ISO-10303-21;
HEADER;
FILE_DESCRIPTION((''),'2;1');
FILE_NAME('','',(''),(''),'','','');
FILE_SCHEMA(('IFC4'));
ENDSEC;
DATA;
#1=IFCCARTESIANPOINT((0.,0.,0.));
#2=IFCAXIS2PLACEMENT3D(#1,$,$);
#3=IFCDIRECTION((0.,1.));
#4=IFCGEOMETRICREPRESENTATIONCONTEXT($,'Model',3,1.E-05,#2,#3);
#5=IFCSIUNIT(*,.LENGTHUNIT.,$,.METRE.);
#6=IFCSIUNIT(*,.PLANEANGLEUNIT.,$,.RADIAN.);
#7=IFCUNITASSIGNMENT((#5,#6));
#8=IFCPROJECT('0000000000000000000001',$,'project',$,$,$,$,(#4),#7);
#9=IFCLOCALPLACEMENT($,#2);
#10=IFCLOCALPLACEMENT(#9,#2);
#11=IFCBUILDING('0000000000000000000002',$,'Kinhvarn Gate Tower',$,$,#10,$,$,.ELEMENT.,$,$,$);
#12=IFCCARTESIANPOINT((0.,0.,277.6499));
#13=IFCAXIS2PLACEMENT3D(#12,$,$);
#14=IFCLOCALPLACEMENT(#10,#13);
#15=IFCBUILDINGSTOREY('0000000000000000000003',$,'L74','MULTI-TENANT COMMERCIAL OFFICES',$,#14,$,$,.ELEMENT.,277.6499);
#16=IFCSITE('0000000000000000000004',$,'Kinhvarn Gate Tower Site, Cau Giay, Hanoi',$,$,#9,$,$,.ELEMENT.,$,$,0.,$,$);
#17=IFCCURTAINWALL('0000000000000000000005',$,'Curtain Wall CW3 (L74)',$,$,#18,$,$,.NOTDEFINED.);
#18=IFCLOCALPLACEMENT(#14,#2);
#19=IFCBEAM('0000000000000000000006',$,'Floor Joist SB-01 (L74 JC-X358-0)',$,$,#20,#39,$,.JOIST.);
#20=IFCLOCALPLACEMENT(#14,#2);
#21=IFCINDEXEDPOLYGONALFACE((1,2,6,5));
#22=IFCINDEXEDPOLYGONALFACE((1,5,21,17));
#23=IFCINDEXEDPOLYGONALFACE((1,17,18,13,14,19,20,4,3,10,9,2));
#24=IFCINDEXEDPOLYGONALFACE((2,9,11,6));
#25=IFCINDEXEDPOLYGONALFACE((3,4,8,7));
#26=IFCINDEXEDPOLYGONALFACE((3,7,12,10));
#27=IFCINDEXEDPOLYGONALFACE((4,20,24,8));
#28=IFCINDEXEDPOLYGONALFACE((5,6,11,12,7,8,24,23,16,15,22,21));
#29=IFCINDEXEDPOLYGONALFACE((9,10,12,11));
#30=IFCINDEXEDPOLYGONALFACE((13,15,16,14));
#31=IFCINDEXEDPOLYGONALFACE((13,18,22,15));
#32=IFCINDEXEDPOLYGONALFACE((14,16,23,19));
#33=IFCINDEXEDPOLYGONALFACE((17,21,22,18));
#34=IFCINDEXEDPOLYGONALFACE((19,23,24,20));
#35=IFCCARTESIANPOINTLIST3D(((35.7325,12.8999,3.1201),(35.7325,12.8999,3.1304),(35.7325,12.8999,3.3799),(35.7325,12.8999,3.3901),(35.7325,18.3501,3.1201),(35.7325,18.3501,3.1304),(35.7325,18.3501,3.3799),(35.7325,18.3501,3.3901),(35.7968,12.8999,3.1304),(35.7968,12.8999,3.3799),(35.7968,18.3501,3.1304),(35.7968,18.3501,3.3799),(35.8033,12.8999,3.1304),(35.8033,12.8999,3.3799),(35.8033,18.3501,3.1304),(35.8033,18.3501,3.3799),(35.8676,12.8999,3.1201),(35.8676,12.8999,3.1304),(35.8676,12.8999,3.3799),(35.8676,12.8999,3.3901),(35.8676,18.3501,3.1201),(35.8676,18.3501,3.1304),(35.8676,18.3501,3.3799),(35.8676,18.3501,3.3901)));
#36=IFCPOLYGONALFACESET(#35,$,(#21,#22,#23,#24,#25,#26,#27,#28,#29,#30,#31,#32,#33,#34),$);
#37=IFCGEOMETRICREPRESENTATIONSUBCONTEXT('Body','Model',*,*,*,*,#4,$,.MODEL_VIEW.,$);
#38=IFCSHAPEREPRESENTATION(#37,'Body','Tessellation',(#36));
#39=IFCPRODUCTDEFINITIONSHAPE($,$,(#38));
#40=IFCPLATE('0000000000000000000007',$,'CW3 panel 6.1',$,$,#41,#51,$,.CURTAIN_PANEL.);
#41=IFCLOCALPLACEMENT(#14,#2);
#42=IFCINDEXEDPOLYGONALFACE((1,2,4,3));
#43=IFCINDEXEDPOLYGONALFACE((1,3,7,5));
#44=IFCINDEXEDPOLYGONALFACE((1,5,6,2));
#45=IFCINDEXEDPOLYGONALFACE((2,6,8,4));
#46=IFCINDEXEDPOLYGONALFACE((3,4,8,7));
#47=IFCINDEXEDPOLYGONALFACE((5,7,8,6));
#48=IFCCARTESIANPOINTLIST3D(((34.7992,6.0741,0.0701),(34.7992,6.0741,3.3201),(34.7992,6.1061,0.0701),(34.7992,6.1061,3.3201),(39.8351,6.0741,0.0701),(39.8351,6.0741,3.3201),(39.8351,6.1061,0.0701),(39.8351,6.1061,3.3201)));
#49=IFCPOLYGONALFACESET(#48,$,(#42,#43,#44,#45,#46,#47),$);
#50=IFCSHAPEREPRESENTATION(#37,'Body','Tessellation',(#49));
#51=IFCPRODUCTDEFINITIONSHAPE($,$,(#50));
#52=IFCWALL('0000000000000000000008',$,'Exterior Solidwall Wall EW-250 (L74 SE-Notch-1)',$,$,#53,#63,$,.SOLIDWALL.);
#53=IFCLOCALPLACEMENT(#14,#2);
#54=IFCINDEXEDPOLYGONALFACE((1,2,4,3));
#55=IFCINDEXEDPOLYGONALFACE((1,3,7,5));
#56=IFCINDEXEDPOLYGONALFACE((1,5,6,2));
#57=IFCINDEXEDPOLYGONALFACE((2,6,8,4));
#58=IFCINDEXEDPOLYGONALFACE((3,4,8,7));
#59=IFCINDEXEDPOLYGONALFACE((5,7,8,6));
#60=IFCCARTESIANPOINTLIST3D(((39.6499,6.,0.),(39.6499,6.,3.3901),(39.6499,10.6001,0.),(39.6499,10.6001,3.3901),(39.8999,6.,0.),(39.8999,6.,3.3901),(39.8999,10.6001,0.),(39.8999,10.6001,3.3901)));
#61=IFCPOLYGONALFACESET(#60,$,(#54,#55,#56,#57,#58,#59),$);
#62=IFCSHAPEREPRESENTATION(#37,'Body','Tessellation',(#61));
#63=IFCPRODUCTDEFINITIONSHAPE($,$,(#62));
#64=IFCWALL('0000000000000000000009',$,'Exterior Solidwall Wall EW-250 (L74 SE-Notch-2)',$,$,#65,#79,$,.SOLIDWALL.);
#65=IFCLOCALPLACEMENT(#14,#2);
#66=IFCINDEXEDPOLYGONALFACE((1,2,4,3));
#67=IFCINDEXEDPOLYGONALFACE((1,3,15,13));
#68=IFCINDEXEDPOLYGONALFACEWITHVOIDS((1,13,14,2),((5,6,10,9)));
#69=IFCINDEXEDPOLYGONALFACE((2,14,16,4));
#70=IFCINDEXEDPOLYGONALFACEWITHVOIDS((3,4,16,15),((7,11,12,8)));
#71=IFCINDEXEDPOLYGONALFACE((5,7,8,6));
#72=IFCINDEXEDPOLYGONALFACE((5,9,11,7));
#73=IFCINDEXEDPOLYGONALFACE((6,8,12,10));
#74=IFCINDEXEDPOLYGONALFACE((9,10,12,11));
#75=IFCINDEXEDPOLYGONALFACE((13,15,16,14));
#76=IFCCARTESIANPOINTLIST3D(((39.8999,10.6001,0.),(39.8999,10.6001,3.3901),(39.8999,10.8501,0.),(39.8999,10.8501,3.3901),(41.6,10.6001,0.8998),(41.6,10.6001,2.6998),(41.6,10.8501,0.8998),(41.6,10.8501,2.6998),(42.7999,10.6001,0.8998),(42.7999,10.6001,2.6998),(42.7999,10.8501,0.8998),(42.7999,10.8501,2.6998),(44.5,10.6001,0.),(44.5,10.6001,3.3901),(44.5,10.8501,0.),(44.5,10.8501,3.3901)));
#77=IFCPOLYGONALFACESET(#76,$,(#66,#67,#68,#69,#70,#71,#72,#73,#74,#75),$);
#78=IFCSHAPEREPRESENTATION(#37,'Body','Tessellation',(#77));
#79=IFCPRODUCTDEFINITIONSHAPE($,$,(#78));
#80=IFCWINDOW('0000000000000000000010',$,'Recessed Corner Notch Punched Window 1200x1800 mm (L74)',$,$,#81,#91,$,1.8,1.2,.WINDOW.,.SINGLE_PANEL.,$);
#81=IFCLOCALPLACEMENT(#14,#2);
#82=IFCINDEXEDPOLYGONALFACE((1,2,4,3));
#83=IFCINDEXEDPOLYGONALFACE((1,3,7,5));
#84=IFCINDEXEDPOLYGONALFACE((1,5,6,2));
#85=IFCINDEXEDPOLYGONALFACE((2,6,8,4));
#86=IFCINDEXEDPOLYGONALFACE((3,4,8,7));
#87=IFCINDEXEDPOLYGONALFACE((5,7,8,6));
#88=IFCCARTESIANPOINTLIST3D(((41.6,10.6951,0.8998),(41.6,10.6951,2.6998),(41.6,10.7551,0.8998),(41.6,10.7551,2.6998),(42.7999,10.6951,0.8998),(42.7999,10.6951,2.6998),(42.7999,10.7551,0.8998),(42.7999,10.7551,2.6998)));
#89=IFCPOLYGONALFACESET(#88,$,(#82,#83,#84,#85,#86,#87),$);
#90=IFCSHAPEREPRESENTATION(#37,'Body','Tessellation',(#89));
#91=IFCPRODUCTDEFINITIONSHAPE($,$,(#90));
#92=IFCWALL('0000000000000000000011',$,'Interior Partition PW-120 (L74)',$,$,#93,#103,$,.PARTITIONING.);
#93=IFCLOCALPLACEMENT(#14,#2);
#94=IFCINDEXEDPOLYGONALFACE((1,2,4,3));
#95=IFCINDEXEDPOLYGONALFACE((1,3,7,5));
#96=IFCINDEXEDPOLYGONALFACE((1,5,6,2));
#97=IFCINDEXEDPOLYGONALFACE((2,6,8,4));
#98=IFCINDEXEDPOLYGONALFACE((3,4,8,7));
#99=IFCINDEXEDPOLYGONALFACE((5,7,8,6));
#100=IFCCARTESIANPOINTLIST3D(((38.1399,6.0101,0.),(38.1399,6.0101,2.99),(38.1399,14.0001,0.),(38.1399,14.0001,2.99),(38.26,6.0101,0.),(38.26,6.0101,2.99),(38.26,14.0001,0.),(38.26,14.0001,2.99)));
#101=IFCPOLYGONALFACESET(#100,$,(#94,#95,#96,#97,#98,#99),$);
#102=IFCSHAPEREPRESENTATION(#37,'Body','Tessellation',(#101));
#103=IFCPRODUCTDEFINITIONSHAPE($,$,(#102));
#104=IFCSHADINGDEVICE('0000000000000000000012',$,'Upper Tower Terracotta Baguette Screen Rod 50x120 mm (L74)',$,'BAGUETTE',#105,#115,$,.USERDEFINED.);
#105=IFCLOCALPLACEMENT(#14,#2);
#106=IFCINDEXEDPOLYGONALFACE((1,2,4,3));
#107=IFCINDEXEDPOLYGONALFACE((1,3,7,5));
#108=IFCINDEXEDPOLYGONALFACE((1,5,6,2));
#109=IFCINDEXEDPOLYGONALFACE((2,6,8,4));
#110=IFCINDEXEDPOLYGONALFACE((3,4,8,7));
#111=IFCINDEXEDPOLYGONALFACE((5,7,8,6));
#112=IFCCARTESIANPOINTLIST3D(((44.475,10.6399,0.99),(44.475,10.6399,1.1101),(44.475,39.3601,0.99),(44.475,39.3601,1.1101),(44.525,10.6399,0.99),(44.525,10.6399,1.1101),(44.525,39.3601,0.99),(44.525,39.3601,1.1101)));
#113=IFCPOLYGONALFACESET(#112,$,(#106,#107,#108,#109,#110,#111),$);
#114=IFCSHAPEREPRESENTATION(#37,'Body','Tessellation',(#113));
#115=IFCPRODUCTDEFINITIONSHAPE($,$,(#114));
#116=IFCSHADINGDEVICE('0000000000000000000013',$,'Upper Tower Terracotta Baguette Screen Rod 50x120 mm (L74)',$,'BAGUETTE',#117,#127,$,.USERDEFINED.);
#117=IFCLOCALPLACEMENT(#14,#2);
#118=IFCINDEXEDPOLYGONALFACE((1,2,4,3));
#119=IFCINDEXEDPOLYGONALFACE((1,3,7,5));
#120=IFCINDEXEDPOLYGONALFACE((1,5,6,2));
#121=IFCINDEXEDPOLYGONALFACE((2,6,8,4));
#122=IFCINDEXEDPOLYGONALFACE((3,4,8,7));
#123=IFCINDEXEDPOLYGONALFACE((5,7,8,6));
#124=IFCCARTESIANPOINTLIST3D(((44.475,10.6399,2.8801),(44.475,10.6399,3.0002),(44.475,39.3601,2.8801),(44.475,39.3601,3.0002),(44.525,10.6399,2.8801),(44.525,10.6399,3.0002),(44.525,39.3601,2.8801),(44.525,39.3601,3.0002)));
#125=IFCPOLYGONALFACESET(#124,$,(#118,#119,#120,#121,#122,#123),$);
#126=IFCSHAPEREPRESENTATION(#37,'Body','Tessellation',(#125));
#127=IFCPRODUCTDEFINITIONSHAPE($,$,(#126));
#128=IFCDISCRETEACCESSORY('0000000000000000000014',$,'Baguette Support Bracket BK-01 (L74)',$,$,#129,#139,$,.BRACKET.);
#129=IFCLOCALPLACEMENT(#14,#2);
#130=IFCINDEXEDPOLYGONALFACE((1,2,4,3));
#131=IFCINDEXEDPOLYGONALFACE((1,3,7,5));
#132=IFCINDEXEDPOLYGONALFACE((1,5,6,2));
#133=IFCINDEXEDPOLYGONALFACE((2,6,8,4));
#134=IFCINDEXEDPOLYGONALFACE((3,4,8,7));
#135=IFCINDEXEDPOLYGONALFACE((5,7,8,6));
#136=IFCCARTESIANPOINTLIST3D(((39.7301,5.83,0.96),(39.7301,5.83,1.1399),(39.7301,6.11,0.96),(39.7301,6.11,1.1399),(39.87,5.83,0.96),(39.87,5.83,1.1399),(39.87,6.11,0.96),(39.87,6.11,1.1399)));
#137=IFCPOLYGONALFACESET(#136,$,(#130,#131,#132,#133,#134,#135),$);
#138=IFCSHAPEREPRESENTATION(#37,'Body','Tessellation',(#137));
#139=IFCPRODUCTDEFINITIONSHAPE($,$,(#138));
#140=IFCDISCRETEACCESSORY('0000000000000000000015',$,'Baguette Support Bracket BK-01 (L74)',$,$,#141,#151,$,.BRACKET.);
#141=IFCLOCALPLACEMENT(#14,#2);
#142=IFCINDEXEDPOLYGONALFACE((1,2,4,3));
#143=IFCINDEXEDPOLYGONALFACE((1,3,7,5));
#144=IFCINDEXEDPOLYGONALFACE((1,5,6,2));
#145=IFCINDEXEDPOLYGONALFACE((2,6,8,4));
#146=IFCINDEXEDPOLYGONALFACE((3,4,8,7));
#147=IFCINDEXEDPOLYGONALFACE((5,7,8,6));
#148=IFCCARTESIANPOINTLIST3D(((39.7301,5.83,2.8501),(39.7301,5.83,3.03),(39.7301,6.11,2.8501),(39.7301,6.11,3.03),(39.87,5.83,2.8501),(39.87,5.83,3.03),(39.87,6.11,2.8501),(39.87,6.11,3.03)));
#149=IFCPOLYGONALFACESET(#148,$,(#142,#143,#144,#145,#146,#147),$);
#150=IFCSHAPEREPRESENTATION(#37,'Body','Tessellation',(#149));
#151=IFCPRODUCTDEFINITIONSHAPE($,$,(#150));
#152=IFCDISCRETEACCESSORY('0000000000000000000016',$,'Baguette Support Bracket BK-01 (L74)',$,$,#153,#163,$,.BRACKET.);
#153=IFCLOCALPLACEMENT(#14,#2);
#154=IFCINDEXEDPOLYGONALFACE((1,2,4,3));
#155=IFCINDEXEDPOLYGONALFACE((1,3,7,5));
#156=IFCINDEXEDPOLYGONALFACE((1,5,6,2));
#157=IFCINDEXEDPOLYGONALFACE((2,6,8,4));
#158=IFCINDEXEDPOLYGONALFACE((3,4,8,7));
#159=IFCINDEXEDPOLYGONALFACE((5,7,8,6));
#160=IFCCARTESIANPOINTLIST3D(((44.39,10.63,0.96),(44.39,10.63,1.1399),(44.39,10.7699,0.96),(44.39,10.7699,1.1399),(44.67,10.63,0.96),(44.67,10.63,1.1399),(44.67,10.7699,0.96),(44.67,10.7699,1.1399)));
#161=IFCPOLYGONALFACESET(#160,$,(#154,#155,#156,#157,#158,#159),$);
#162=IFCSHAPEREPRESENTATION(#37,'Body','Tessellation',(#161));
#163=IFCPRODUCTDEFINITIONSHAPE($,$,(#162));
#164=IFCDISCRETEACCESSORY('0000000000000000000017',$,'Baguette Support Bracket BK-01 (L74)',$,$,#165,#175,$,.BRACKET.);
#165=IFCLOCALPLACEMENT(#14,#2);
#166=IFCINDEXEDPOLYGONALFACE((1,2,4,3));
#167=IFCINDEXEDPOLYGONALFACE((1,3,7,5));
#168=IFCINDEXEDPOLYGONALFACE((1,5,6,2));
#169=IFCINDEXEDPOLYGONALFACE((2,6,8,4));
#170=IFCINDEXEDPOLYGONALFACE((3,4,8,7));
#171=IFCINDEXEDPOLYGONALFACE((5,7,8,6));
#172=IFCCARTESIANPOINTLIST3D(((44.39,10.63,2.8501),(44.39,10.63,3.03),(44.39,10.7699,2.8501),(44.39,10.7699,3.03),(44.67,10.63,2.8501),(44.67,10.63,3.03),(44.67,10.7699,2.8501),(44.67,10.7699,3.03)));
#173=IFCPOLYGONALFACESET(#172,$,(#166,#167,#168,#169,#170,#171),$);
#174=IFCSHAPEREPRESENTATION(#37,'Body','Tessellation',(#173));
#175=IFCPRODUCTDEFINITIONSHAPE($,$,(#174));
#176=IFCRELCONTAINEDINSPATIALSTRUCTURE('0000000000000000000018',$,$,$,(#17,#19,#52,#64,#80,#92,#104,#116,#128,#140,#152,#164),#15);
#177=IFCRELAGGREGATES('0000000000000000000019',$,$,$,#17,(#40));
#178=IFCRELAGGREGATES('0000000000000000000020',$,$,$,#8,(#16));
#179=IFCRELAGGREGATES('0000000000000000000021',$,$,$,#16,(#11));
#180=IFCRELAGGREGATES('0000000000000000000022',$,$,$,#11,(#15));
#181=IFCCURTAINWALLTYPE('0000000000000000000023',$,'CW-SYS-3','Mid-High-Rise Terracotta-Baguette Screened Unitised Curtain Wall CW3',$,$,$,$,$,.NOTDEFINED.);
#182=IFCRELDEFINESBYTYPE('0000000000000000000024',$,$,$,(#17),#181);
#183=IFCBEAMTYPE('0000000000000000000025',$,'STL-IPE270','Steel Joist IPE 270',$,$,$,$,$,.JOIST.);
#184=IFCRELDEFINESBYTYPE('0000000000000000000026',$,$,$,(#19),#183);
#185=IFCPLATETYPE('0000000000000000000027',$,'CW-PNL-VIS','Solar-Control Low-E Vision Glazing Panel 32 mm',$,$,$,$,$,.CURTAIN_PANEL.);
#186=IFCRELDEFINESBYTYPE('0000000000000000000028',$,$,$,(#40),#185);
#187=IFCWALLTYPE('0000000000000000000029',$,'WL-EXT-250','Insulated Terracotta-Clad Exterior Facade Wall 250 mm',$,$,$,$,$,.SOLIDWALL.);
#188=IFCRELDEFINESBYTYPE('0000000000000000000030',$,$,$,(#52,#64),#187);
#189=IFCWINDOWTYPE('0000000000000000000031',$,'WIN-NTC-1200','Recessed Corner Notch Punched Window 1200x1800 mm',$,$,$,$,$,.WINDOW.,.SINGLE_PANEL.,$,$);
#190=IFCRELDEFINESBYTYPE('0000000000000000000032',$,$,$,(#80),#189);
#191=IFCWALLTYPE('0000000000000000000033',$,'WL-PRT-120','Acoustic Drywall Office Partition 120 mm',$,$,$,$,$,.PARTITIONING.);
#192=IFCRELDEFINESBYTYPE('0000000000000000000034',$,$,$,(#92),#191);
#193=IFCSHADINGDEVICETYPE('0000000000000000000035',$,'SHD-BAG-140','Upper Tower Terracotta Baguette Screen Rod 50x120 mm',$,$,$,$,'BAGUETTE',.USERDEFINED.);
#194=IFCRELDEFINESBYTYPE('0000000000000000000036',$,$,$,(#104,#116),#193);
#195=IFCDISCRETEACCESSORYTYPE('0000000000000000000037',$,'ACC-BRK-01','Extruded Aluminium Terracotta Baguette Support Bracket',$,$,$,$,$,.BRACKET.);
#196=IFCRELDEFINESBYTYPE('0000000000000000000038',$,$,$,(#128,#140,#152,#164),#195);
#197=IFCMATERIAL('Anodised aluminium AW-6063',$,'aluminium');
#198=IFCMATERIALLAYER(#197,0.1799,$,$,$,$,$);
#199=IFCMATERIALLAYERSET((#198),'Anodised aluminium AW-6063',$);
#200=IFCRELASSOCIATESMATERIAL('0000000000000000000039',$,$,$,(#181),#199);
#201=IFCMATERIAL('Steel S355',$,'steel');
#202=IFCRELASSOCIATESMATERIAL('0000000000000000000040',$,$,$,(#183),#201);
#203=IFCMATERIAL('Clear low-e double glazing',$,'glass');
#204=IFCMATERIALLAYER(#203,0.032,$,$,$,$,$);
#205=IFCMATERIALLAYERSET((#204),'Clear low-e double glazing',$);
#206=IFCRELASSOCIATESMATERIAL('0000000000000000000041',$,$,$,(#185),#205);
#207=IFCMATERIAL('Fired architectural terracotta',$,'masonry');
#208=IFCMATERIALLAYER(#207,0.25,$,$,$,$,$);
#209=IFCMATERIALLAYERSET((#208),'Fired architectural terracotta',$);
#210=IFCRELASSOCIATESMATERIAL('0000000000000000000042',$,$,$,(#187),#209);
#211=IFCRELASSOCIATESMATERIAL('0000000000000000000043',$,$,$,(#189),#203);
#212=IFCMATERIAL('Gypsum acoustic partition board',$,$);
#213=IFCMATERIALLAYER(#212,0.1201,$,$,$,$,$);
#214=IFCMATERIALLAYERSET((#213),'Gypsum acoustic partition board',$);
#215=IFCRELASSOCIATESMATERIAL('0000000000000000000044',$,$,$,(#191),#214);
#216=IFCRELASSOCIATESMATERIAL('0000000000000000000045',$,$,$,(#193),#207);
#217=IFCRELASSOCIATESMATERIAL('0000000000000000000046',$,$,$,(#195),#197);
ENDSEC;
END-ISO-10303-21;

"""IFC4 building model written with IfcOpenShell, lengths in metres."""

from ifc_helpers import new_model, si_unit, direction, frame, frame_2d, origin, origin_2d, place, context, subcontext, project, spatial, rectangle, i_section, extrude, material, layer, layer_set, material_profile, profile_set, type_object, element, fill, aggregate, save


model = new_model("IFC4")

# Units and contexts
model_context = context("Model", 3, precision=1e-05, world=origin(), true_north=direction((0.0, 1.0)))
body_context = subcontext(model_context, "Body", "Model", "MODEL_VIEW")
ifc_project = project(units=[si_unit("LENGTHUNIT", "METRE"), si_unit("PLANEANGLEUNIT", "RADIAN")], contexts=[model_context])

# Site, building, storey
site_placement = place(None, origin())
site = spatial("IfcSite", under=ifc_project, at=site_placement, Name="Kinhvarn Gate Tower Site, Cau Giay, Hanoi", CompositionType="ELEMENT", RefElevation=0.0)
building_placement = place(site_placement, origin())
building = spatial("IfcBuilding", under=site, at=building_placement, Name="Kinhvarn Gate Tower", CompositionType="ELEMENT")
storey_placement = place(building_placement, frame((0.0, 0.0, 277.6499)))
storey = spatial("IfcBuildingStorey", under=building, at=storey_placement, Name="L74", Description="MULTI-TENANT COMMERCIAL OFFICES", CompositionType="ELEMENT", Elevation=277.6499)

# Curtain wall
ifc_material_1 = material(Name="Anodised aluminium AW-6063", Category="aluminium")
ifc_layer_1 = layer(ifc_material_1, 0.1799)
ifc_layer_set_1 = layer_set([ifc_layer_1], Name="Anodised aluminium AW-6063")
curtain_wall_type = type_object("IfcCurtainWallType", Name="CW-SYS-3", Description="Mid-High-Rise Terracotta-Baguette Screened Unitised Curtain Wall CW3", PredefinedType="NOTDEFINED", material=ifc_layer_set_1)
curtain_wall_1_placement = place(storey_placement, origin())
curtain_wall_1 = element("IfcCurtainWall", 1, at=curtain_wall_1_placement, inside=storey, type_object=curtain_wall_type, Name="Curtain Wall CW3 (L74)", PredefinedType="NOTDEFINED")

# Beam
ifc_material_2 = material(Name="Steel S355", Category="steel")
ifc_material_profile_1 = material_profile(ifc_material_2, i_section(OverallWidth=0.135, OverallDepth=0.27, WebThickness=0.0066, FlangeThickness=0.0103, at=origin_2d()), Name="IPE 270")
ifc_profile_set_1 = profile_set([ifc_material_profile_1], Name="Steel S355")
beam_type_1 = type_object("IfcBeamType", Name="STL-IPE270", Description="Steel Joist IPE 270", PredefinedType="JOIST", material=ifc_profile_set_1)
beam_1_placement = place(storey_placement, frame((35.8, 12.8999, 3.2551), z_axis=(0.0, 1.0, 0.0), x_axis=(-1.0, 0.0, 0.0)))
element("IfcBeam", 2, at=beam_1_placement, inside=storey, type_object=beam_type_1, Name="Floor Joist SB-01 (L74 JC-X358-0)", PredefinedType="JOIST", context=body_context, shape_type="SweptSolid", body=[
    extrude(i_section(OverallWidth=0.135, OverallDepth=0.27, WebThickness=0.0066, FlangeThickness=0.0103, at=origin_2d()), origin(), (0.0, 0.0, 1.0), 5.4502),
])

# Plate
ifc_material_3 = material(Name="Clear low-e double glazing", Category="glass")
ifc_layer_2 = layer(ifc_material_3, 0.032)
ifc_layer_set_2 = layer_set([ifc_layer_2], Name="Clear low-e double glazing")
plate_type = type_object("IfcPlateType", Name="CW-PNL-VIS", Description="Solar-Control Low-E Vision Glazing Panel 32 mm", PredefinedType="CURTAIN_PANEL", material=ifc_layer_set_2)
plate_placement = place(storey_placement, frame((37.3171, 6.0901, 0.0701), z_axis=(0.0, 0.0, 1.0), x_axis=(1.0, 0.0, 0.0)))
plate = element("IfcPlate", 3, at=plate_placement, type_object=plate_type, Name="CW3 panel 6.1", PredefinedType="CURTAIN_PANEL", context=body_context, shape_type="SweptSolid", body=[
    extrude(rectangle(XDim=5.0359, YDim=0.032, at=origin_2d()), origin(), (0.0, 0.0, 1.0), 3.25),
])
aggregate(curtain_wall_1, [plate])

# Wall
ifc_material_4 = material(Name="Fired architectural terracotta", Category="masonry")
ifc_layer_3 = layer(ifc_material_4, 0.25)
ifc_layer_set_3 = layer_set([ifc_layer_3], Name="Fired architectural terracotta")
wall_type_1 = type_object("IfcWallType", Name="WL-EXT-250", Description="Insulated Terracotta-Clad Exterior Facade Wall 250 mm", PredefinedType="SOLIDWALL", material=ifc_layer_set_3)
wall_1_placement = place(storey_placement, frame((39.7749, 6.0, 0.0), z_axis=(0.0, 0.0, 1.0), x_axis=(0.0, 1.0, 0.0)))
element("IfcWall", 4, at=wall_1_placement, inside=storey, type_object=wall_type_1, Name="Exterior Solidwall Wall EW-250 (L74 SE-Notch-1)", PredefinedType="SOLIDWALL", context=body_context, shape_type="SweptSolid", body=[
    extrude(rectangle(XDim=4.6001, YDim=0.25, at=frame_2d((2.3, 0.0))), origin(), (0.0, 0.0, 1.0), 3.3901),
])

# Wall, opening, window
wall_2_placement = place(storey_placement, frame((39.8999, 10.7251, 0.0), z_axis=(0.0, 0.0, 1.0), x_axis=(1.0, 0.0, 0.0)))
wall_2 = element("IfcWall", 5, at=wall_2_placement, inside=storey, type_object=wall_type_1, Name="Exterior Solidwall Wall EW-250 (L74 SE-Notch-2)", PredefinedType="SOLIDWALL", context=body_context, shape_type="SweptSolid", body=[
    extrude(rectangle(XDim=4.6001, YDim=0.25, at=frame_2d((2.3, 0.0))), origin(), (0.0, 0.0, 1.0), 3.3901),
])
opening_placement = place(wall_2_placement, frame((1.7, 0.0, 0.8999)))
opening = element("IfcOpeningElement", 6, at=opening_placement, cuts=wall_2, PredefinedType="OPENING", context=body_context, shape_type="SweptSolid", body=[
    extrude(rectangle(XDim=1.2, YDim=1.8, at=frame_2d((0.6001, 0.8999))), frame((0.0, 0.135, 0.0), z_axis=(0.0, -1.0, 0.0), x_axis=(1.0, 0.0, 0.0)), (0.0, 0.0, 1.0), 0.27),
])
window_type = type_object("IfcWindowType", Name="WIN-NTC-1200", Description="Recessed Corner Notch Punched Window 1200x1800 mm", PartitioningType="SINGLE_PANEL", PredefinedType="WINDOW", material=ifc_material_3)
window_placement = place(opening_placement, origin())
window = element("IfcWindow", 7, at=window_placement, inside=storey, type_object=window_type, Name="Recessed Corner Notch Punched Window 1200x1800 mm (L74)", OverallHeight=1.8, OverallWidth=1.2, PartitioningType="SINGLE_PANEL", PredefinedType="WINDOW", context=body_context, shape_type="SweptSolid", body=[
    extrude(rectangle(XDim=1.2, YDim=1.8, at=frame_2d((0.6001, 0.8999))), frame((0.0, 0.03, 0.0), z_axis=(0.0, -1.0, 0.0), x_axis=(1.0, 0.0, 0.0)), (0.0, 0.0, 1.0), 0.0601),
])
fill(opening, window)

# Wall
ifc_material_5 = material(Name="Gypsum acoustic partition board")
ifc_layer_4 = layer(ifc_material_5, 0.1201)
ifc_layer_set_4 = layer_set([ifc_layer_4], Name="Gypsum acoustic partition board")
wall_type_2 = type_object("IfcWallType", Name="WL-PRT-120", Description="Acoustic Drywall Office Partition 120 mm", PredefinedType="PARTITIONING", material=ifc_layer_set_4)
wall_3_placement = place(storey_placement, frame((38.2, 6.01, 0.0), z_axis=(0.0, 0.0, 1.0), x_axis=(0.0, 1.0, 0.0)))
element("IfcWall", 8, at=wall_3_placement, inside=storey, type_object=wall_type_2, Name="Interior Partition PW-120 (L74)", PredefinedType="PARTITIONING", context=body_context, shape_type="SweptSolid", body=[
    extrude(rectangle(XDim=7.99, YDim=0.1201, at=frame_2d((3.9951, 0.0))), origin(), (0.0, 0.0, 1.0), 2.99),
])

# Shading devices
ifc_material_profile_2 = material_profile(ifc_material_4, rectangle(XDim=0.05, YDim=0.1201, at=origin_2d()), Name="TC 50x120")
ifc_profile_set_2 = profile_set([ifc_material_profile_2], Name="Fired architectural terracotta")
shading_device_type = type_object("IfcShadingDeviceType", Name="SHD-BAG-140", Description="Upper Tower Terracotta Baguette Screen Rod 50x120 mm", ElementType="BAGUETTE", PredefinedType="USERDEFINED", material=ifc_profile_set_2)
for number, where, z_axis, x_axis, name in (
    (9, (44.5, 10.6399, 1.05), (0.0, 1.0, 0.0), (-1.0, 0.0, 0.0), "Upper Tower Terracotta Baguette Screen Rod 50x120 mm (L74)"),
    (10, (44.5, 10.6399, 2.9402), (0.0, 1.0, 0.0), (-1.0, 0.0, 0.0), "Upper Tower Terracotta Baguette Screen Rod 50x120 mm (L74)"),
):
    element("IfcShadingDevice", number, at=place(storey_placement, frame(where, z_axis=z_axis, x_axis=x_axis)), inside=storey, type_object=shading_device_type, Name=name, ObjectType="BAGUETTE", PredefinedType="USERDEFINED", context=body_context, shape_type="SweptSolid", body=[
        extrude(rectangle(XDim=0.05, YDim=0.1201, at=origin_2d()), origin(), (0.0, 0.0, 1.0), 28.7202),
    ])

# Discrete accessories
discrete_accessory_type = type_object("IfcDiscreteAccessoryType", Name="ACC-BRK-01", Description="Extruded Aluminium Terracotta Baguette Support Bracket", PredefinedType="BRACKET", material=ifc_material_1)
for number, where, z_axis, x_axis, name in (
    (11, (39.8, 5.97, 0.96), (0.0, 0.0, 1.0), (1.0, 0.0, 0.0), "Baguette Support Bracket BK-01 (L74)"),
    (12, (39.8, 5.97, 2.8501), (0.0, 0.0, 1.0), (1.0, 0.0, 0.0), "Baguette Support Bracket BK-01 (L74)"),
    (13, (44.53, 10.7, 0.96), (0.0, 0.0, 1.0), (0.0, 1.0, 0.0), "Baguette Support Bracket BK-01 (L74)"),
    (14, (44.53, 10.7, 2.8501), (0.0, 0.0, 1.0), (0.0, 1.0, 0.0), "Baguette Support Bracket BK-01 (L74)"),
):
    element("IfcDiscreteAccessory", number, at=place(storey_placement, frame(where, z_axis=z_axis, x_axis=x_axis)), inside=storey, type_object=discrete_accessory_type, Name=name, PredefinedType="BRACKET", context=body_context, shape_type="SweptSolid", body=[
        extrude(rectangle(XDim=0.1399, YDim=0.28, at=origin_2d()), origin(), (0.0, 0.0, 1.0), 0.1799),
    ])

save(model, "model.ifc")
